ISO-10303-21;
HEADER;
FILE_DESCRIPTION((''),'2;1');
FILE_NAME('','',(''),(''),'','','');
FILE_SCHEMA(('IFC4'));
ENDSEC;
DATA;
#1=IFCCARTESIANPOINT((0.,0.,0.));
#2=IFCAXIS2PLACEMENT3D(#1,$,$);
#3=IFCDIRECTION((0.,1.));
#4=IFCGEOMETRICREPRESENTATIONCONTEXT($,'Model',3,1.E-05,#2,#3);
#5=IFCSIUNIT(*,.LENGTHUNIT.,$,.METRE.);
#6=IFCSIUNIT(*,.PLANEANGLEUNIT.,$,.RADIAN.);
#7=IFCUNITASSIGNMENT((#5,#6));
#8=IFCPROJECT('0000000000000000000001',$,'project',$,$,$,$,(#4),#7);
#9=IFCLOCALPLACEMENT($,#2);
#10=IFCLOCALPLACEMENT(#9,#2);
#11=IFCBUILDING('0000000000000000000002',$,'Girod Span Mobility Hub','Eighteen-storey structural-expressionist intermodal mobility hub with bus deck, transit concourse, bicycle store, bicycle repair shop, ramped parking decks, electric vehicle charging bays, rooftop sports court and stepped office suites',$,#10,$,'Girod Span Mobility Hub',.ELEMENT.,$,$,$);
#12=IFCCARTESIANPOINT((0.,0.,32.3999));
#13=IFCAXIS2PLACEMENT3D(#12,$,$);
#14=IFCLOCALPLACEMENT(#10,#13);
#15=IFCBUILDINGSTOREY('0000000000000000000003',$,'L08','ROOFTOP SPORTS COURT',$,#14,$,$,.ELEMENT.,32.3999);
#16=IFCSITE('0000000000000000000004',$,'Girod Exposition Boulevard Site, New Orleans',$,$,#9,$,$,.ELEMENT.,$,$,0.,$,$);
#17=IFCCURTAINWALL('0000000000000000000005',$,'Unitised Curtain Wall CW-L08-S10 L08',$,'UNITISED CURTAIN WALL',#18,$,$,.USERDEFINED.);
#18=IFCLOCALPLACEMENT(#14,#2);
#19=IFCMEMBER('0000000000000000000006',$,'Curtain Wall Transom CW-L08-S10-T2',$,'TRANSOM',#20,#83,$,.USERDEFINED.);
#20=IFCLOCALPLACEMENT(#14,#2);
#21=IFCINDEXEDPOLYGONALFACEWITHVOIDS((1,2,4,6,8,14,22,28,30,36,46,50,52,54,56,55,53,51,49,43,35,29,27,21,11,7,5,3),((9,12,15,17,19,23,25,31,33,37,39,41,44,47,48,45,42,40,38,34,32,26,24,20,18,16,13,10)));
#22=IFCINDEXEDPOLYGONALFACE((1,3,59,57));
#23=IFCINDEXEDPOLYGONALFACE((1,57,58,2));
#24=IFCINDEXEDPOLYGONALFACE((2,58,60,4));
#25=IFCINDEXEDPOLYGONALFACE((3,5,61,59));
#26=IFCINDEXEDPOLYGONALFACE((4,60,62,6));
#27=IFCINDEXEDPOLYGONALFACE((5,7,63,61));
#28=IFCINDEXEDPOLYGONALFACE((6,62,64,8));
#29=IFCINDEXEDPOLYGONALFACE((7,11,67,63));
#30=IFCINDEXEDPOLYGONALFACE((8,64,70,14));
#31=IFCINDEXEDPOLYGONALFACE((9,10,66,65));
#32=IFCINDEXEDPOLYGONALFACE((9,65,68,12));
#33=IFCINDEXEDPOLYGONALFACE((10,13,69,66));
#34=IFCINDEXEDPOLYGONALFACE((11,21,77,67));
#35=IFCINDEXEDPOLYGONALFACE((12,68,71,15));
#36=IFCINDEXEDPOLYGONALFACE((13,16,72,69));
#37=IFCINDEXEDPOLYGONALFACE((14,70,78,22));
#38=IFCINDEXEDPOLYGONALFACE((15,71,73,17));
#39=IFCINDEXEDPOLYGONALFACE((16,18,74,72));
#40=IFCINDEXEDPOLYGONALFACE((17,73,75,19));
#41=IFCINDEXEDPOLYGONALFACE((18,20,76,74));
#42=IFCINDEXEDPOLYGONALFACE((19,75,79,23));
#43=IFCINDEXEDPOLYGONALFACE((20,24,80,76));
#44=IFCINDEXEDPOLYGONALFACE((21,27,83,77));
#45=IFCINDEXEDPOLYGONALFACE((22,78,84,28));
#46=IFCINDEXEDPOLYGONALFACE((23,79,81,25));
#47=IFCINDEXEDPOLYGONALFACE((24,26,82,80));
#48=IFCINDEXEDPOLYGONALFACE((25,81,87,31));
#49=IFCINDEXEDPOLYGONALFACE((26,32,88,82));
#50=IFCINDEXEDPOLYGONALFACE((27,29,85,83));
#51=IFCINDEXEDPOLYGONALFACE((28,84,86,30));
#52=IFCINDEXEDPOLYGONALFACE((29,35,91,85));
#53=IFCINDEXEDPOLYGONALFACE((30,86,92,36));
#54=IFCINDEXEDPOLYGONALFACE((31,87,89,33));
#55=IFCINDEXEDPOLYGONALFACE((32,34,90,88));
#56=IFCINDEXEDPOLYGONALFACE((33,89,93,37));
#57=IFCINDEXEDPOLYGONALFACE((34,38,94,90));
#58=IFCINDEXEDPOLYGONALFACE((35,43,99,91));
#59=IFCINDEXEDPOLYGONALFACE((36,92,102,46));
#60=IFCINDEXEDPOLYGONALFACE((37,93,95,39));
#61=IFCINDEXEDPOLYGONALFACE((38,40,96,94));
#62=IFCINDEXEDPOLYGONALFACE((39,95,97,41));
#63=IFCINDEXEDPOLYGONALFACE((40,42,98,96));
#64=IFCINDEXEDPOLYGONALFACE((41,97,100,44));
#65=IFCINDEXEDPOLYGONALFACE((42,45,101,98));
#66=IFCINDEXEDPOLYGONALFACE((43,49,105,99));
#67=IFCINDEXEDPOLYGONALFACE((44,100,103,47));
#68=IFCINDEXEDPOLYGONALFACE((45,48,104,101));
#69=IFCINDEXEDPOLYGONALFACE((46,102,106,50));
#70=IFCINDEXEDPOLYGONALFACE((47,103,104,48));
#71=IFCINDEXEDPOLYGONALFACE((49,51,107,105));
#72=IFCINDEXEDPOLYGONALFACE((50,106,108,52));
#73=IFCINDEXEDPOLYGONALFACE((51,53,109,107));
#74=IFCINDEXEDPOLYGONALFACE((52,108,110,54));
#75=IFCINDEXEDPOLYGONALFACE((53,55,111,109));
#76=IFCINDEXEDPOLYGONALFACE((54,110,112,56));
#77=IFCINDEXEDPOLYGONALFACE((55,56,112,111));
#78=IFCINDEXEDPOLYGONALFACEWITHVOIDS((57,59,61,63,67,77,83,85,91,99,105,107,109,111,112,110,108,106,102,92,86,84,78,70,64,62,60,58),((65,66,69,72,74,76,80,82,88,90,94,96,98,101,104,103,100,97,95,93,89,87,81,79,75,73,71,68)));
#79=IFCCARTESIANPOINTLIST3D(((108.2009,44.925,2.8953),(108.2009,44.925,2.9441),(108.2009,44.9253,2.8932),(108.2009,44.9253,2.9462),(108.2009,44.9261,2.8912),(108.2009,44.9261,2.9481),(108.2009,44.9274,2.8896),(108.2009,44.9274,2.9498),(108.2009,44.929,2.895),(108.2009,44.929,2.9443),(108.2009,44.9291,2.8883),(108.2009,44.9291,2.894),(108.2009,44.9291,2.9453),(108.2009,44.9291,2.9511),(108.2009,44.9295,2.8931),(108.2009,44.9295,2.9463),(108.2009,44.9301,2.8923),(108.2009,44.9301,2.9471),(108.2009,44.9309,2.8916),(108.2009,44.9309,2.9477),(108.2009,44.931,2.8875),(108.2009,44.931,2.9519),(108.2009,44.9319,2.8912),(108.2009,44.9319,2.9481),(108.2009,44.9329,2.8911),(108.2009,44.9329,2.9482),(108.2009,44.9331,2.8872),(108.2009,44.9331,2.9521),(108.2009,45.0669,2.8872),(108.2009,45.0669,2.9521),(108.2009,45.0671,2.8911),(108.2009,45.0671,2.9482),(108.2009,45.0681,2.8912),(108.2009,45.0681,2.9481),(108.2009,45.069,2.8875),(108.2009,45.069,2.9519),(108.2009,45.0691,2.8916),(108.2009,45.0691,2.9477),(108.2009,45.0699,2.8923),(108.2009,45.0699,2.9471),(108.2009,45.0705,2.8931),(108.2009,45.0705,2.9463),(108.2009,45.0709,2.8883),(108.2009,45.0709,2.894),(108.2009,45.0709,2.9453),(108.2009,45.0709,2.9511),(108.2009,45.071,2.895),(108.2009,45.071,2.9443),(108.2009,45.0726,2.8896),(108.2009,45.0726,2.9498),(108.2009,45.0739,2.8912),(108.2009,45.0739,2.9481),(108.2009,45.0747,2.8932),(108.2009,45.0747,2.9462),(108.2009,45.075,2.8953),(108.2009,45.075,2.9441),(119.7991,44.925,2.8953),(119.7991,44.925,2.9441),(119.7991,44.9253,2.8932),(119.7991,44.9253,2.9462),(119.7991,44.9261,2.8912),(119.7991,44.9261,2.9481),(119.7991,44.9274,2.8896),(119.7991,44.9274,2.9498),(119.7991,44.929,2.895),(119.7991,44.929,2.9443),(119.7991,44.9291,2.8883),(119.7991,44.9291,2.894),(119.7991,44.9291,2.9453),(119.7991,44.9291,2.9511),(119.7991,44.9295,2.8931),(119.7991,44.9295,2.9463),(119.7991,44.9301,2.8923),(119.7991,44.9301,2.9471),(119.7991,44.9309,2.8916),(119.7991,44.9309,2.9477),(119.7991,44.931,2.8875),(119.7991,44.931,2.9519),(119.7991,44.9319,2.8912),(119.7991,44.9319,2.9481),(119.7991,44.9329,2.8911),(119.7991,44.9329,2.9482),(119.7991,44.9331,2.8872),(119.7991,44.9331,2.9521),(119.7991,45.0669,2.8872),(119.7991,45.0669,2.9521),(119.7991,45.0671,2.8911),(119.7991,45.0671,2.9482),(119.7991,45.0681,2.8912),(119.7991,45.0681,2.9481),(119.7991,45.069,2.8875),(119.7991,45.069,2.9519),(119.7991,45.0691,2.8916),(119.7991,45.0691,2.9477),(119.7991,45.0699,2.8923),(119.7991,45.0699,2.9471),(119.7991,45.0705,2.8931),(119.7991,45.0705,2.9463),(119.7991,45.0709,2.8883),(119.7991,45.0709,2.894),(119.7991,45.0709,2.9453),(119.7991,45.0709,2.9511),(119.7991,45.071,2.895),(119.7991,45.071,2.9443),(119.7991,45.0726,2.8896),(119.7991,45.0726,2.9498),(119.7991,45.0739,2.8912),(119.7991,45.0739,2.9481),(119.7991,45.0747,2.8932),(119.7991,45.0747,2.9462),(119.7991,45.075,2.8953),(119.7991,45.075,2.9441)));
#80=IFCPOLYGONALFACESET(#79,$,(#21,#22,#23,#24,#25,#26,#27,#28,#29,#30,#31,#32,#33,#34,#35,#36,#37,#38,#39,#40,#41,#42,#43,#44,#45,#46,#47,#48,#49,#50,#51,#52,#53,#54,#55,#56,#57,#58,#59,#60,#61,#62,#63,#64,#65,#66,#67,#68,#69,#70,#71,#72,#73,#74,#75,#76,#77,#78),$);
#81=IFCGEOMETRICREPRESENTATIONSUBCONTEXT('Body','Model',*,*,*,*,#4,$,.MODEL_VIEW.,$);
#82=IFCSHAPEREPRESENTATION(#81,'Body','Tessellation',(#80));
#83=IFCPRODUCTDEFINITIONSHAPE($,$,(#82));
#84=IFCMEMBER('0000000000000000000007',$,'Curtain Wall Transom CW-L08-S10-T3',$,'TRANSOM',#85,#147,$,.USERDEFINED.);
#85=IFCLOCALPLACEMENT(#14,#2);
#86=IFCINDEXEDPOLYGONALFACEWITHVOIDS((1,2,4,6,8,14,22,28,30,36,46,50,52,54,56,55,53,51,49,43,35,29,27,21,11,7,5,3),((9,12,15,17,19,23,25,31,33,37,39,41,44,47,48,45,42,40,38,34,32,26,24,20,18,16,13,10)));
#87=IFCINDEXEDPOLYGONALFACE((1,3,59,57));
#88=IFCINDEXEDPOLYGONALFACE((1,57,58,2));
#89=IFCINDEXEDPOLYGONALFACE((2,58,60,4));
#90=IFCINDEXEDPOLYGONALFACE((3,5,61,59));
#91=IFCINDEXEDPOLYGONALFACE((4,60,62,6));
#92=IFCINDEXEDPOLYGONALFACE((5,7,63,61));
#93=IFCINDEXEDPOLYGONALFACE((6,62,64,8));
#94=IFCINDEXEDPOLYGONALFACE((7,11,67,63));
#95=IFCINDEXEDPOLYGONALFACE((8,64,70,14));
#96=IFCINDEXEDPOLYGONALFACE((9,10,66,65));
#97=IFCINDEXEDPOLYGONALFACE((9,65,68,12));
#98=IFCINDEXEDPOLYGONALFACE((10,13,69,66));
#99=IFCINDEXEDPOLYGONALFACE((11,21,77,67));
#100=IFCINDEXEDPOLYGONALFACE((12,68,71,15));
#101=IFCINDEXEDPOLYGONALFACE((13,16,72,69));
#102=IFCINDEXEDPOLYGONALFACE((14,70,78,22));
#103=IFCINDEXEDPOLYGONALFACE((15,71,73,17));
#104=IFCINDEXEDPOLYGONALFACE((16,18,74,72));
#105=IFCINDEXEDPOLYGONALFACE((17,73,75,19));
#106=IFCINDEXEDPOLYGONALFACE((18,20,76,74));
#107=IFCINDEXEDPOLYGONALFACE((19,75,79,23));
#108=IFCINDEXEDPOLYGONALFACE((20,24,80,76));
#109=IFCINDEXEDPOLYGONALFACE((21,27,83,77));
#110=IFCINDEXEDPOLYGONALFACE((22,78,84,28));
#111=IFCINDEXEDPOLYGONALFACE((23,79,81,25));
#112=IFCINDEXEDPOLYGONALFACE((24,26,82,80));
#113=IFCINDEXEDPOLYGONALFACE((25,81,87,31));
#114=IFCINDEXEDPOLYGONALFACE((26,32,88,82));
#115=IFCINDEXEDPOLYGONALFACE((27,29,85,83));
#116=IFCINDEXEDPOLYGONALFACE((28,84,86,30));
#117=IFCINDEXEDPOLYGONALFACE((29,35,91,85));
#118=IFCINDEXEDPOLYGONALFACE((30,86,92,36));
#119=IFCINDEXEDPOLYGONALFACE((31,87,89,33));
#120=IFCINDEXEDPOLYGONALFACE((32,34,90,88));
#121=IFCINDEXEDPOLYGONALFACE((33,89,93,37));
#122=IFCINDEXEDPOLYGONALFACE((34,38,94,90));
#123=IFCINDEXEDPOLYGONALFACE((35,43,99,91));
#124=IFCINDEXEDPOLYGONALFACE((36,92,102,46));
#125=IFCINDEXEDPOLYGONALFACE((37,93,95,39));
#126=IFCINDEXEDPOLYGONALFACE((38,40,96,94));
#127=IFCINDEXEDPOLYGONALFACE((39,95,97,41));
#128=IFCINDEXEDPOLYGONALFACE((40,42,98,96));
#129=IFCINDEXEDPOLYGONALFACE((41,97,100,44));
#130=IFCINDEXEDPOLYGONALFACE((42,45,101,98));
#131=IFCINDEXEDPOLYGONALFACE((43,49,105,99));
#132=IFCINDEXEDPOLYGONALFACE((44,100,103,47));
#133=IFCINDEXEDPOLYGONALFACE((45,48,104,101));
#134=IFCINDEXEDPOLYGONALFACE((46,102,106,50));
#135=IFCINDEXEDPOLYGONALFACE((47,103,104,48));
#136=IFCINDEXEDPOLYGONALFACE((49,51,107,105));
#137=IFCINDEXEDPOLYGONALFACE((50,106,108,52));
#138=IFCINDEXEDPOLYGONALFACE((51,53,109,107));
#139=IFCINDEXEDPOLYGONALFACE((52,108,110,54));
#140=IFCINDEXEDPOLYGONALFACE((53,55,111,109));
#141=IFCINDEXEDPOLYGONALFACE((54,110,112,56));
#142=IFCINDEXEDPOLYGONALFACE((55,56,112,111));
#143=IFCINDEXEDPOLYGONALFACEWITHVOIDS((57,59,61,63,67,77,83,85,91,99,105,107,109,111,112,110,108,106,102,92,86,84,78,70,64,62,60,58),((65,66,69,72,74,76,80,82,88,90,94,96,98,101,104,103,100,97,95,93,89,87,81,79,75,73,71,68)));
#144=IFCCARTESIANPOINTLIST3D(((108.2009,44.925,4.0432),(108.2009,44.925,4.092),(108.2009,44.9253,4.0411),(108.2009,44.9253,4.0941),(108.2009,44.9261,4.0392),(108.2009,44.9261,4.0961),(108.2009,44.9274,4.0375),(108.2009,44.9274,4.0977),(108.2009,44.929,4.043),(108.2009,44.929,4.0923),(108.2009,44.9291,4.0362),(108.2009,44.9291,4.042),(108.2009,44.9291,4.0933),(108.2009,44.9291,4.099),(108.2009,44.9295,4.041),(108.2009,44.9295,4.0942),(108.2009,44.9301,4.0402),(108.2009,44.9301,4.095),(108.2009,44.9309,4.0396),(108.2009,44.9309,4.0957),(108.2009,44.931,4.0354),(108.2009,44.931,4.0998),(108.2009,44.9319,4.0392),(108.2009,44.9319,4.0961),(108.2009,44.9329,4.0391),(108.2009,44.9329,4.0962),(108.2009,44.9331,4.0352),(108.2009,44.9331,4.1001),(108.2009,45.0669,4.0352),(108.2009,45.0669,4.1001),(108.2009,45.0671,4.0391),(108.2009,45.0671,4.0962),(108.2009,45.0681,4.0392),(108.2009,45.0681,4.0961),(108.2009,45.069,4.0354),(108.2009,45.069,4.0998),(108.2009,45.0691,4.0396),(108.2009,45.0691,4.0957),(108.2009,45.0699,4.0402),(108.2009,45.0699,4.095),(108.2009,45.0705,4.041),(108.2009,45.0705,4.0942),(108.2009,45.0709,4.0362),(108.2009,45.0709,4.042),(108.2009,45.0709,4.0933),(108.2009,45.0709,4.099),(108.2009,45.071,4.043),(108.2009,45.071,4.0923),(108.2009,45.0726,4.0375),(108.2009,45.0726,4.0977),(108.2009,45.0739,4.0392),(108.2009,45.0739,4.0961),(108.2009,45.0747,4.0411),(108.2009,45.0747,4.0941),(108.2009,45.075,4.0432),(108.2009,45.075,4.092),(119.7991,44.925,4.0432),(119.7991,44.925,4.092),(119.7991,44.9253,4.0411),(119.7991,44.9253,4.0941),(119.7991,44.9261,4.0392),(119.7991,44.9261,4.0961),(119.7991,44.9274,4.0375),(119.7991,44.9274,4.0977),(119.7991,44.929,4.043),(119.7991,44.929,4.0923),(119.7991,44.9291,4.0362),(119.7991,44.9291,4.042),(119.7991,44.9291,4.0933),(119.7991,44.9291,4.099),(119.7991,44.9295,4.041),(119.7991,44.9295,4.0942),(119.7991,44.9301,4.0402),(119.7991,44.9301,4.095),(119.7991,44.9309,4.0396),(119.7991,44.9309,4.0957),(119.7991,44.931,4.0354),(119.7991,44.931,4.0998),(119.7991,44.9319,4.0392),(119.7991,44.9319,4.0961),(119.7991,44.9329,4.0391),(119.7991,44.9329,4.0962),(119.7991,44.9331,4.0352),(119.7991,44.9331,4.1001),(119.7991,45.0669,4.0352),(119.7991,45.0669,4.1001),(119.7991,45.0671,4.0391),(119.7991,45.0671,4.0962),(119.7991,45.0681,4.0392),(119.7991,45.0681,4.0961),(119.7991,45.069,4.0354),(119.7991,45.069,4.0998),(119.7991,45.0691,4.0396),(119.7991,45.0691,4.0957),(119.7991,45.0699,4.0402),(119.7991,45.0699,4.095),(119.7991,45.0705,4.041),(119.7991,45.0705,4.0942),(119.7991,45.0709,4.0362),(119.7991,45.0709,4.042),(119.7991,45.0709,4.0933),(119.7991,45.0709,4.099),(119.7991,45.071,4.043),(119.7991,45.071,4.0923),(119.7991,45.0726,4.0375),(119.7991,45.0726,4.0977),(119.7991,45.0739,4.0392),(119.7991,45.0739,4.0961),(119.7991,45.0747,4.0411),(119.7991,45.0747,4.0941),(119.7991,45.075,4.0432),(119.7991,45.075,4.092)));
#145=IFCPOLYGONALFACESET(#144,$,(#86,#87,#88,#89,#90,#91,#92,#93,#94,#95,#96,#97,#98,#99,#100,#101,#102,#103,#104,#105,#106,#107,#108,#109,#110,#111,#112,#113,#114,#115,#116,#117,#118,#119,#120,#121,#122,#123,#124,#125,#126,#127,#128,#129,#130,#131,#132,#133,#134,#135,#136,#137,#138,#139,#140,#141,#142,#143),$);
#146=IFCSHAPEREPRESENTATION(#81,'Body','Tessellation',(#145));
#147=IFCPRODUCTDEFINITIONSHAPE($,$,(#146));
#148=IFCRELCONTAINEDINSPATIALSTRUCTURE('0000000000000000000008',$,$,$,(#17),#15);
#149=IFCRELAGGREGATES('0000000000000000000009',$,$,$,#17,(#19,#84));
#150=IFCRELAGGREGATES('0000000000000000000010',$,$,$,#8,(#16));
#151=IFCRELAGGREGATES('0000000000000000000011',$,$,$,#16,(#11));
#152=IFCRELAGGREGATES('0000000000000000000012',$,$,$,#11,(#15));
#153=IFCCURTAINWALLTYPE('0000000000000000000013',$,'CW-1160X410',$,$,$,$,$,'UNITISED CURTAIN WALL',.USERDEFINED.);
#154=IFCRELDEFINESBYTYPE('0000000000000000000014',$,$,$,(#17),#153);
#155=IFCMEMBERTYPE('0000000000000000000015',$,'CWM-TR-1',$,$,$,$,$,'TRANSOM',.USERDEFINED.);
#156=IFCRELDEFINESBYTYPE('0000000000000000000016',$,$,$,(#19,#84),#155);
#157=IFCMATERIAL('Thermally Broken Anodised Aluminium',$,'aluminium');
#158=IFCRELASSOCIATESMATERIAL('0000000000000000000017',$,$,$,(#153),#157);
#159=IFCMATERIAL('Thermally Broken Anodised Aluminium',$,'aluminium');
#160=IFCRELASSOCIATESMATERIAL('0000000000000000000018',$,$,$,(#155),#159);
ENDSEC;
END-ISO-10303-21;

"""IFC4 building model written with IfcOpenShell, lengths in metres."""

from ifc_helpers import new_model, si_unit, direction, frame, origin, origin_2d, place, context, subcontext, project, spatial, hollow_rectangle, extrude, material, material_profile, profile_set, type_object, element, aggregate, save


model = new_model("IFC4")

# Units and contexts
model_context = context("Model", 3, precision=1e-05, world=origin(), true_north=direction((0.0, 1.0)))
body_context = subcontext(model_context, "Body", "Model", "MODEL_VIEW")
ifc_project = project(units=[si_unit("LENGTHUNIT", "METRE"), si_unit("PLANEANGLEUNIT", "RADIAN")], contexts=[model_context])

# Site, building, storey
site_placement = place(None, origin())
site = spatial("IfcSite", under=ifc_project, at=site_placement, Name="Girod Exposition Boulevard Site, New Orleans", CompositionType="ELEMENT", RefElevation=0.0)
building_placement = place(site_placement, origin())
building = spatial("IfcBuilding", under=site, at=building_placement, Name="Girod Span Mobility Hub", Description="Eighteen-storey structural-expressionist intermodal mobility hub with bus deck, transit concourse, bicycle store, bicycle repair shop, ramped parking decks, electric vehicle charging bays, rooftop sports court and stepped office suites", LongName="Girod Span Mobility Hub", CompositionType="ELEMENT")
storey_placement = place(building_placement, frame((0.0, 0.0, 32.3999)))
storey = spatial("IfcBuildingStorey", under=building, at=storey_placement, Name="L08", Description="ROOFTOP SPORTS COURT", CompositionType="ELEMENT", Elevation=32.3999)

# Curtain wall, members
ifc_material_1 = material(Name="Thermally Broken Anodised Aluminium", Category="aluminium")
curtain_wall_type = type_object("IfcCurtainWallType", Name="CW-1160X410", ElementType="UNITISED CURTAIN WALL", PredefinedType="USERDEFINED", material=ifc_material_1)
curtain_wall_placement = place(storey_placement, origin())
curtain_wall = element("IfcCurtainWall", 1, at=curtain_wall_placement, inside=storey, type_object=curtain_wall_type, Name="Unitised Curtain Wall CW-L08-S10 L08", ObjectType="UNITISED CURTAIN WALL", PredefinedType="USERDEFINED")
ifc_material_2 = material(Name="Thermally Broken Anodised Aluminium", Category="aluminium")
ifc_material_profile_1 = material_profile(ifc_material_2, hollow_rectangle(XDim=0.1499, YDim=0.0649, WallThickness=0.0039, InnerFilletRadius=0.0039, OuterFilletRadius=0.0081, at=origin_2d()), Name="CW-TR-65X150")
ifc_profile_set_1 = profile_set([ifc_material_profile_1], Name="Thermally Broken Anodised Aluminium")
member_type_1 = type_object("IfcMemberType", Name="CWM-TR-1", ElementType="TRANSOM", PredefinedType="USERDEFINED", material=ifc_profile_set_1)
member_1_placement = place(storey_placement, frame((108.2009, 45.0, 2.9197), z_axis=(1.0, 0.0, 0.0), x_axis=(0.0, 1.0, 0.0)))
member_1 = element("IfcMember", 2, at=member_1_placement, type_object=member_type_1, Name="Curtain Wall Transom CW-L08-S10-T2", ObjectType="TRANSOM", PredefinedType="USERDEFINED", context=body_context, shape_type="SweptSolid", body=[
    extrude(hollow_rectangle(XDim=0.1499, YDim=0.0649, WallThickness=0.0039, InnerFilletRadius=0.0039, OuterFilletRadius=0.0081, at=origin_2d()), origin(), (0.0, 0.0, 1.0), 11.5981),
])
member_2_placement = place(storey_placement, frame((108.2009, 45.0, 4.0676), z_axis=(1.0, 0.0, 0.0), x_axis=(0.0, 1.0, 0.0)))
member_2 = element("IfcMember", 3, at=member_2_placement, type_object=member_type_1, Name="Curtain Wall Transom CW-L08-S10-T3", ObjectType="TRANSOM", PredefinedType="USERDEFINED", context=body_context, shape_type="SweptSolid", body=[
    extrude(hollow_rectangle(XDim=0.1499, YDim=0.0649, WallThickness=0.0039, InnerFilletRadius=0.0039, OuterFilletRadius=0.0081, at=origin_2d()), origin(), (0.0, 0.0, 1.0), 11.5981),
])

aggregate(curtain_wall, [member_1, member_2])

save(model, "model.ifc")
